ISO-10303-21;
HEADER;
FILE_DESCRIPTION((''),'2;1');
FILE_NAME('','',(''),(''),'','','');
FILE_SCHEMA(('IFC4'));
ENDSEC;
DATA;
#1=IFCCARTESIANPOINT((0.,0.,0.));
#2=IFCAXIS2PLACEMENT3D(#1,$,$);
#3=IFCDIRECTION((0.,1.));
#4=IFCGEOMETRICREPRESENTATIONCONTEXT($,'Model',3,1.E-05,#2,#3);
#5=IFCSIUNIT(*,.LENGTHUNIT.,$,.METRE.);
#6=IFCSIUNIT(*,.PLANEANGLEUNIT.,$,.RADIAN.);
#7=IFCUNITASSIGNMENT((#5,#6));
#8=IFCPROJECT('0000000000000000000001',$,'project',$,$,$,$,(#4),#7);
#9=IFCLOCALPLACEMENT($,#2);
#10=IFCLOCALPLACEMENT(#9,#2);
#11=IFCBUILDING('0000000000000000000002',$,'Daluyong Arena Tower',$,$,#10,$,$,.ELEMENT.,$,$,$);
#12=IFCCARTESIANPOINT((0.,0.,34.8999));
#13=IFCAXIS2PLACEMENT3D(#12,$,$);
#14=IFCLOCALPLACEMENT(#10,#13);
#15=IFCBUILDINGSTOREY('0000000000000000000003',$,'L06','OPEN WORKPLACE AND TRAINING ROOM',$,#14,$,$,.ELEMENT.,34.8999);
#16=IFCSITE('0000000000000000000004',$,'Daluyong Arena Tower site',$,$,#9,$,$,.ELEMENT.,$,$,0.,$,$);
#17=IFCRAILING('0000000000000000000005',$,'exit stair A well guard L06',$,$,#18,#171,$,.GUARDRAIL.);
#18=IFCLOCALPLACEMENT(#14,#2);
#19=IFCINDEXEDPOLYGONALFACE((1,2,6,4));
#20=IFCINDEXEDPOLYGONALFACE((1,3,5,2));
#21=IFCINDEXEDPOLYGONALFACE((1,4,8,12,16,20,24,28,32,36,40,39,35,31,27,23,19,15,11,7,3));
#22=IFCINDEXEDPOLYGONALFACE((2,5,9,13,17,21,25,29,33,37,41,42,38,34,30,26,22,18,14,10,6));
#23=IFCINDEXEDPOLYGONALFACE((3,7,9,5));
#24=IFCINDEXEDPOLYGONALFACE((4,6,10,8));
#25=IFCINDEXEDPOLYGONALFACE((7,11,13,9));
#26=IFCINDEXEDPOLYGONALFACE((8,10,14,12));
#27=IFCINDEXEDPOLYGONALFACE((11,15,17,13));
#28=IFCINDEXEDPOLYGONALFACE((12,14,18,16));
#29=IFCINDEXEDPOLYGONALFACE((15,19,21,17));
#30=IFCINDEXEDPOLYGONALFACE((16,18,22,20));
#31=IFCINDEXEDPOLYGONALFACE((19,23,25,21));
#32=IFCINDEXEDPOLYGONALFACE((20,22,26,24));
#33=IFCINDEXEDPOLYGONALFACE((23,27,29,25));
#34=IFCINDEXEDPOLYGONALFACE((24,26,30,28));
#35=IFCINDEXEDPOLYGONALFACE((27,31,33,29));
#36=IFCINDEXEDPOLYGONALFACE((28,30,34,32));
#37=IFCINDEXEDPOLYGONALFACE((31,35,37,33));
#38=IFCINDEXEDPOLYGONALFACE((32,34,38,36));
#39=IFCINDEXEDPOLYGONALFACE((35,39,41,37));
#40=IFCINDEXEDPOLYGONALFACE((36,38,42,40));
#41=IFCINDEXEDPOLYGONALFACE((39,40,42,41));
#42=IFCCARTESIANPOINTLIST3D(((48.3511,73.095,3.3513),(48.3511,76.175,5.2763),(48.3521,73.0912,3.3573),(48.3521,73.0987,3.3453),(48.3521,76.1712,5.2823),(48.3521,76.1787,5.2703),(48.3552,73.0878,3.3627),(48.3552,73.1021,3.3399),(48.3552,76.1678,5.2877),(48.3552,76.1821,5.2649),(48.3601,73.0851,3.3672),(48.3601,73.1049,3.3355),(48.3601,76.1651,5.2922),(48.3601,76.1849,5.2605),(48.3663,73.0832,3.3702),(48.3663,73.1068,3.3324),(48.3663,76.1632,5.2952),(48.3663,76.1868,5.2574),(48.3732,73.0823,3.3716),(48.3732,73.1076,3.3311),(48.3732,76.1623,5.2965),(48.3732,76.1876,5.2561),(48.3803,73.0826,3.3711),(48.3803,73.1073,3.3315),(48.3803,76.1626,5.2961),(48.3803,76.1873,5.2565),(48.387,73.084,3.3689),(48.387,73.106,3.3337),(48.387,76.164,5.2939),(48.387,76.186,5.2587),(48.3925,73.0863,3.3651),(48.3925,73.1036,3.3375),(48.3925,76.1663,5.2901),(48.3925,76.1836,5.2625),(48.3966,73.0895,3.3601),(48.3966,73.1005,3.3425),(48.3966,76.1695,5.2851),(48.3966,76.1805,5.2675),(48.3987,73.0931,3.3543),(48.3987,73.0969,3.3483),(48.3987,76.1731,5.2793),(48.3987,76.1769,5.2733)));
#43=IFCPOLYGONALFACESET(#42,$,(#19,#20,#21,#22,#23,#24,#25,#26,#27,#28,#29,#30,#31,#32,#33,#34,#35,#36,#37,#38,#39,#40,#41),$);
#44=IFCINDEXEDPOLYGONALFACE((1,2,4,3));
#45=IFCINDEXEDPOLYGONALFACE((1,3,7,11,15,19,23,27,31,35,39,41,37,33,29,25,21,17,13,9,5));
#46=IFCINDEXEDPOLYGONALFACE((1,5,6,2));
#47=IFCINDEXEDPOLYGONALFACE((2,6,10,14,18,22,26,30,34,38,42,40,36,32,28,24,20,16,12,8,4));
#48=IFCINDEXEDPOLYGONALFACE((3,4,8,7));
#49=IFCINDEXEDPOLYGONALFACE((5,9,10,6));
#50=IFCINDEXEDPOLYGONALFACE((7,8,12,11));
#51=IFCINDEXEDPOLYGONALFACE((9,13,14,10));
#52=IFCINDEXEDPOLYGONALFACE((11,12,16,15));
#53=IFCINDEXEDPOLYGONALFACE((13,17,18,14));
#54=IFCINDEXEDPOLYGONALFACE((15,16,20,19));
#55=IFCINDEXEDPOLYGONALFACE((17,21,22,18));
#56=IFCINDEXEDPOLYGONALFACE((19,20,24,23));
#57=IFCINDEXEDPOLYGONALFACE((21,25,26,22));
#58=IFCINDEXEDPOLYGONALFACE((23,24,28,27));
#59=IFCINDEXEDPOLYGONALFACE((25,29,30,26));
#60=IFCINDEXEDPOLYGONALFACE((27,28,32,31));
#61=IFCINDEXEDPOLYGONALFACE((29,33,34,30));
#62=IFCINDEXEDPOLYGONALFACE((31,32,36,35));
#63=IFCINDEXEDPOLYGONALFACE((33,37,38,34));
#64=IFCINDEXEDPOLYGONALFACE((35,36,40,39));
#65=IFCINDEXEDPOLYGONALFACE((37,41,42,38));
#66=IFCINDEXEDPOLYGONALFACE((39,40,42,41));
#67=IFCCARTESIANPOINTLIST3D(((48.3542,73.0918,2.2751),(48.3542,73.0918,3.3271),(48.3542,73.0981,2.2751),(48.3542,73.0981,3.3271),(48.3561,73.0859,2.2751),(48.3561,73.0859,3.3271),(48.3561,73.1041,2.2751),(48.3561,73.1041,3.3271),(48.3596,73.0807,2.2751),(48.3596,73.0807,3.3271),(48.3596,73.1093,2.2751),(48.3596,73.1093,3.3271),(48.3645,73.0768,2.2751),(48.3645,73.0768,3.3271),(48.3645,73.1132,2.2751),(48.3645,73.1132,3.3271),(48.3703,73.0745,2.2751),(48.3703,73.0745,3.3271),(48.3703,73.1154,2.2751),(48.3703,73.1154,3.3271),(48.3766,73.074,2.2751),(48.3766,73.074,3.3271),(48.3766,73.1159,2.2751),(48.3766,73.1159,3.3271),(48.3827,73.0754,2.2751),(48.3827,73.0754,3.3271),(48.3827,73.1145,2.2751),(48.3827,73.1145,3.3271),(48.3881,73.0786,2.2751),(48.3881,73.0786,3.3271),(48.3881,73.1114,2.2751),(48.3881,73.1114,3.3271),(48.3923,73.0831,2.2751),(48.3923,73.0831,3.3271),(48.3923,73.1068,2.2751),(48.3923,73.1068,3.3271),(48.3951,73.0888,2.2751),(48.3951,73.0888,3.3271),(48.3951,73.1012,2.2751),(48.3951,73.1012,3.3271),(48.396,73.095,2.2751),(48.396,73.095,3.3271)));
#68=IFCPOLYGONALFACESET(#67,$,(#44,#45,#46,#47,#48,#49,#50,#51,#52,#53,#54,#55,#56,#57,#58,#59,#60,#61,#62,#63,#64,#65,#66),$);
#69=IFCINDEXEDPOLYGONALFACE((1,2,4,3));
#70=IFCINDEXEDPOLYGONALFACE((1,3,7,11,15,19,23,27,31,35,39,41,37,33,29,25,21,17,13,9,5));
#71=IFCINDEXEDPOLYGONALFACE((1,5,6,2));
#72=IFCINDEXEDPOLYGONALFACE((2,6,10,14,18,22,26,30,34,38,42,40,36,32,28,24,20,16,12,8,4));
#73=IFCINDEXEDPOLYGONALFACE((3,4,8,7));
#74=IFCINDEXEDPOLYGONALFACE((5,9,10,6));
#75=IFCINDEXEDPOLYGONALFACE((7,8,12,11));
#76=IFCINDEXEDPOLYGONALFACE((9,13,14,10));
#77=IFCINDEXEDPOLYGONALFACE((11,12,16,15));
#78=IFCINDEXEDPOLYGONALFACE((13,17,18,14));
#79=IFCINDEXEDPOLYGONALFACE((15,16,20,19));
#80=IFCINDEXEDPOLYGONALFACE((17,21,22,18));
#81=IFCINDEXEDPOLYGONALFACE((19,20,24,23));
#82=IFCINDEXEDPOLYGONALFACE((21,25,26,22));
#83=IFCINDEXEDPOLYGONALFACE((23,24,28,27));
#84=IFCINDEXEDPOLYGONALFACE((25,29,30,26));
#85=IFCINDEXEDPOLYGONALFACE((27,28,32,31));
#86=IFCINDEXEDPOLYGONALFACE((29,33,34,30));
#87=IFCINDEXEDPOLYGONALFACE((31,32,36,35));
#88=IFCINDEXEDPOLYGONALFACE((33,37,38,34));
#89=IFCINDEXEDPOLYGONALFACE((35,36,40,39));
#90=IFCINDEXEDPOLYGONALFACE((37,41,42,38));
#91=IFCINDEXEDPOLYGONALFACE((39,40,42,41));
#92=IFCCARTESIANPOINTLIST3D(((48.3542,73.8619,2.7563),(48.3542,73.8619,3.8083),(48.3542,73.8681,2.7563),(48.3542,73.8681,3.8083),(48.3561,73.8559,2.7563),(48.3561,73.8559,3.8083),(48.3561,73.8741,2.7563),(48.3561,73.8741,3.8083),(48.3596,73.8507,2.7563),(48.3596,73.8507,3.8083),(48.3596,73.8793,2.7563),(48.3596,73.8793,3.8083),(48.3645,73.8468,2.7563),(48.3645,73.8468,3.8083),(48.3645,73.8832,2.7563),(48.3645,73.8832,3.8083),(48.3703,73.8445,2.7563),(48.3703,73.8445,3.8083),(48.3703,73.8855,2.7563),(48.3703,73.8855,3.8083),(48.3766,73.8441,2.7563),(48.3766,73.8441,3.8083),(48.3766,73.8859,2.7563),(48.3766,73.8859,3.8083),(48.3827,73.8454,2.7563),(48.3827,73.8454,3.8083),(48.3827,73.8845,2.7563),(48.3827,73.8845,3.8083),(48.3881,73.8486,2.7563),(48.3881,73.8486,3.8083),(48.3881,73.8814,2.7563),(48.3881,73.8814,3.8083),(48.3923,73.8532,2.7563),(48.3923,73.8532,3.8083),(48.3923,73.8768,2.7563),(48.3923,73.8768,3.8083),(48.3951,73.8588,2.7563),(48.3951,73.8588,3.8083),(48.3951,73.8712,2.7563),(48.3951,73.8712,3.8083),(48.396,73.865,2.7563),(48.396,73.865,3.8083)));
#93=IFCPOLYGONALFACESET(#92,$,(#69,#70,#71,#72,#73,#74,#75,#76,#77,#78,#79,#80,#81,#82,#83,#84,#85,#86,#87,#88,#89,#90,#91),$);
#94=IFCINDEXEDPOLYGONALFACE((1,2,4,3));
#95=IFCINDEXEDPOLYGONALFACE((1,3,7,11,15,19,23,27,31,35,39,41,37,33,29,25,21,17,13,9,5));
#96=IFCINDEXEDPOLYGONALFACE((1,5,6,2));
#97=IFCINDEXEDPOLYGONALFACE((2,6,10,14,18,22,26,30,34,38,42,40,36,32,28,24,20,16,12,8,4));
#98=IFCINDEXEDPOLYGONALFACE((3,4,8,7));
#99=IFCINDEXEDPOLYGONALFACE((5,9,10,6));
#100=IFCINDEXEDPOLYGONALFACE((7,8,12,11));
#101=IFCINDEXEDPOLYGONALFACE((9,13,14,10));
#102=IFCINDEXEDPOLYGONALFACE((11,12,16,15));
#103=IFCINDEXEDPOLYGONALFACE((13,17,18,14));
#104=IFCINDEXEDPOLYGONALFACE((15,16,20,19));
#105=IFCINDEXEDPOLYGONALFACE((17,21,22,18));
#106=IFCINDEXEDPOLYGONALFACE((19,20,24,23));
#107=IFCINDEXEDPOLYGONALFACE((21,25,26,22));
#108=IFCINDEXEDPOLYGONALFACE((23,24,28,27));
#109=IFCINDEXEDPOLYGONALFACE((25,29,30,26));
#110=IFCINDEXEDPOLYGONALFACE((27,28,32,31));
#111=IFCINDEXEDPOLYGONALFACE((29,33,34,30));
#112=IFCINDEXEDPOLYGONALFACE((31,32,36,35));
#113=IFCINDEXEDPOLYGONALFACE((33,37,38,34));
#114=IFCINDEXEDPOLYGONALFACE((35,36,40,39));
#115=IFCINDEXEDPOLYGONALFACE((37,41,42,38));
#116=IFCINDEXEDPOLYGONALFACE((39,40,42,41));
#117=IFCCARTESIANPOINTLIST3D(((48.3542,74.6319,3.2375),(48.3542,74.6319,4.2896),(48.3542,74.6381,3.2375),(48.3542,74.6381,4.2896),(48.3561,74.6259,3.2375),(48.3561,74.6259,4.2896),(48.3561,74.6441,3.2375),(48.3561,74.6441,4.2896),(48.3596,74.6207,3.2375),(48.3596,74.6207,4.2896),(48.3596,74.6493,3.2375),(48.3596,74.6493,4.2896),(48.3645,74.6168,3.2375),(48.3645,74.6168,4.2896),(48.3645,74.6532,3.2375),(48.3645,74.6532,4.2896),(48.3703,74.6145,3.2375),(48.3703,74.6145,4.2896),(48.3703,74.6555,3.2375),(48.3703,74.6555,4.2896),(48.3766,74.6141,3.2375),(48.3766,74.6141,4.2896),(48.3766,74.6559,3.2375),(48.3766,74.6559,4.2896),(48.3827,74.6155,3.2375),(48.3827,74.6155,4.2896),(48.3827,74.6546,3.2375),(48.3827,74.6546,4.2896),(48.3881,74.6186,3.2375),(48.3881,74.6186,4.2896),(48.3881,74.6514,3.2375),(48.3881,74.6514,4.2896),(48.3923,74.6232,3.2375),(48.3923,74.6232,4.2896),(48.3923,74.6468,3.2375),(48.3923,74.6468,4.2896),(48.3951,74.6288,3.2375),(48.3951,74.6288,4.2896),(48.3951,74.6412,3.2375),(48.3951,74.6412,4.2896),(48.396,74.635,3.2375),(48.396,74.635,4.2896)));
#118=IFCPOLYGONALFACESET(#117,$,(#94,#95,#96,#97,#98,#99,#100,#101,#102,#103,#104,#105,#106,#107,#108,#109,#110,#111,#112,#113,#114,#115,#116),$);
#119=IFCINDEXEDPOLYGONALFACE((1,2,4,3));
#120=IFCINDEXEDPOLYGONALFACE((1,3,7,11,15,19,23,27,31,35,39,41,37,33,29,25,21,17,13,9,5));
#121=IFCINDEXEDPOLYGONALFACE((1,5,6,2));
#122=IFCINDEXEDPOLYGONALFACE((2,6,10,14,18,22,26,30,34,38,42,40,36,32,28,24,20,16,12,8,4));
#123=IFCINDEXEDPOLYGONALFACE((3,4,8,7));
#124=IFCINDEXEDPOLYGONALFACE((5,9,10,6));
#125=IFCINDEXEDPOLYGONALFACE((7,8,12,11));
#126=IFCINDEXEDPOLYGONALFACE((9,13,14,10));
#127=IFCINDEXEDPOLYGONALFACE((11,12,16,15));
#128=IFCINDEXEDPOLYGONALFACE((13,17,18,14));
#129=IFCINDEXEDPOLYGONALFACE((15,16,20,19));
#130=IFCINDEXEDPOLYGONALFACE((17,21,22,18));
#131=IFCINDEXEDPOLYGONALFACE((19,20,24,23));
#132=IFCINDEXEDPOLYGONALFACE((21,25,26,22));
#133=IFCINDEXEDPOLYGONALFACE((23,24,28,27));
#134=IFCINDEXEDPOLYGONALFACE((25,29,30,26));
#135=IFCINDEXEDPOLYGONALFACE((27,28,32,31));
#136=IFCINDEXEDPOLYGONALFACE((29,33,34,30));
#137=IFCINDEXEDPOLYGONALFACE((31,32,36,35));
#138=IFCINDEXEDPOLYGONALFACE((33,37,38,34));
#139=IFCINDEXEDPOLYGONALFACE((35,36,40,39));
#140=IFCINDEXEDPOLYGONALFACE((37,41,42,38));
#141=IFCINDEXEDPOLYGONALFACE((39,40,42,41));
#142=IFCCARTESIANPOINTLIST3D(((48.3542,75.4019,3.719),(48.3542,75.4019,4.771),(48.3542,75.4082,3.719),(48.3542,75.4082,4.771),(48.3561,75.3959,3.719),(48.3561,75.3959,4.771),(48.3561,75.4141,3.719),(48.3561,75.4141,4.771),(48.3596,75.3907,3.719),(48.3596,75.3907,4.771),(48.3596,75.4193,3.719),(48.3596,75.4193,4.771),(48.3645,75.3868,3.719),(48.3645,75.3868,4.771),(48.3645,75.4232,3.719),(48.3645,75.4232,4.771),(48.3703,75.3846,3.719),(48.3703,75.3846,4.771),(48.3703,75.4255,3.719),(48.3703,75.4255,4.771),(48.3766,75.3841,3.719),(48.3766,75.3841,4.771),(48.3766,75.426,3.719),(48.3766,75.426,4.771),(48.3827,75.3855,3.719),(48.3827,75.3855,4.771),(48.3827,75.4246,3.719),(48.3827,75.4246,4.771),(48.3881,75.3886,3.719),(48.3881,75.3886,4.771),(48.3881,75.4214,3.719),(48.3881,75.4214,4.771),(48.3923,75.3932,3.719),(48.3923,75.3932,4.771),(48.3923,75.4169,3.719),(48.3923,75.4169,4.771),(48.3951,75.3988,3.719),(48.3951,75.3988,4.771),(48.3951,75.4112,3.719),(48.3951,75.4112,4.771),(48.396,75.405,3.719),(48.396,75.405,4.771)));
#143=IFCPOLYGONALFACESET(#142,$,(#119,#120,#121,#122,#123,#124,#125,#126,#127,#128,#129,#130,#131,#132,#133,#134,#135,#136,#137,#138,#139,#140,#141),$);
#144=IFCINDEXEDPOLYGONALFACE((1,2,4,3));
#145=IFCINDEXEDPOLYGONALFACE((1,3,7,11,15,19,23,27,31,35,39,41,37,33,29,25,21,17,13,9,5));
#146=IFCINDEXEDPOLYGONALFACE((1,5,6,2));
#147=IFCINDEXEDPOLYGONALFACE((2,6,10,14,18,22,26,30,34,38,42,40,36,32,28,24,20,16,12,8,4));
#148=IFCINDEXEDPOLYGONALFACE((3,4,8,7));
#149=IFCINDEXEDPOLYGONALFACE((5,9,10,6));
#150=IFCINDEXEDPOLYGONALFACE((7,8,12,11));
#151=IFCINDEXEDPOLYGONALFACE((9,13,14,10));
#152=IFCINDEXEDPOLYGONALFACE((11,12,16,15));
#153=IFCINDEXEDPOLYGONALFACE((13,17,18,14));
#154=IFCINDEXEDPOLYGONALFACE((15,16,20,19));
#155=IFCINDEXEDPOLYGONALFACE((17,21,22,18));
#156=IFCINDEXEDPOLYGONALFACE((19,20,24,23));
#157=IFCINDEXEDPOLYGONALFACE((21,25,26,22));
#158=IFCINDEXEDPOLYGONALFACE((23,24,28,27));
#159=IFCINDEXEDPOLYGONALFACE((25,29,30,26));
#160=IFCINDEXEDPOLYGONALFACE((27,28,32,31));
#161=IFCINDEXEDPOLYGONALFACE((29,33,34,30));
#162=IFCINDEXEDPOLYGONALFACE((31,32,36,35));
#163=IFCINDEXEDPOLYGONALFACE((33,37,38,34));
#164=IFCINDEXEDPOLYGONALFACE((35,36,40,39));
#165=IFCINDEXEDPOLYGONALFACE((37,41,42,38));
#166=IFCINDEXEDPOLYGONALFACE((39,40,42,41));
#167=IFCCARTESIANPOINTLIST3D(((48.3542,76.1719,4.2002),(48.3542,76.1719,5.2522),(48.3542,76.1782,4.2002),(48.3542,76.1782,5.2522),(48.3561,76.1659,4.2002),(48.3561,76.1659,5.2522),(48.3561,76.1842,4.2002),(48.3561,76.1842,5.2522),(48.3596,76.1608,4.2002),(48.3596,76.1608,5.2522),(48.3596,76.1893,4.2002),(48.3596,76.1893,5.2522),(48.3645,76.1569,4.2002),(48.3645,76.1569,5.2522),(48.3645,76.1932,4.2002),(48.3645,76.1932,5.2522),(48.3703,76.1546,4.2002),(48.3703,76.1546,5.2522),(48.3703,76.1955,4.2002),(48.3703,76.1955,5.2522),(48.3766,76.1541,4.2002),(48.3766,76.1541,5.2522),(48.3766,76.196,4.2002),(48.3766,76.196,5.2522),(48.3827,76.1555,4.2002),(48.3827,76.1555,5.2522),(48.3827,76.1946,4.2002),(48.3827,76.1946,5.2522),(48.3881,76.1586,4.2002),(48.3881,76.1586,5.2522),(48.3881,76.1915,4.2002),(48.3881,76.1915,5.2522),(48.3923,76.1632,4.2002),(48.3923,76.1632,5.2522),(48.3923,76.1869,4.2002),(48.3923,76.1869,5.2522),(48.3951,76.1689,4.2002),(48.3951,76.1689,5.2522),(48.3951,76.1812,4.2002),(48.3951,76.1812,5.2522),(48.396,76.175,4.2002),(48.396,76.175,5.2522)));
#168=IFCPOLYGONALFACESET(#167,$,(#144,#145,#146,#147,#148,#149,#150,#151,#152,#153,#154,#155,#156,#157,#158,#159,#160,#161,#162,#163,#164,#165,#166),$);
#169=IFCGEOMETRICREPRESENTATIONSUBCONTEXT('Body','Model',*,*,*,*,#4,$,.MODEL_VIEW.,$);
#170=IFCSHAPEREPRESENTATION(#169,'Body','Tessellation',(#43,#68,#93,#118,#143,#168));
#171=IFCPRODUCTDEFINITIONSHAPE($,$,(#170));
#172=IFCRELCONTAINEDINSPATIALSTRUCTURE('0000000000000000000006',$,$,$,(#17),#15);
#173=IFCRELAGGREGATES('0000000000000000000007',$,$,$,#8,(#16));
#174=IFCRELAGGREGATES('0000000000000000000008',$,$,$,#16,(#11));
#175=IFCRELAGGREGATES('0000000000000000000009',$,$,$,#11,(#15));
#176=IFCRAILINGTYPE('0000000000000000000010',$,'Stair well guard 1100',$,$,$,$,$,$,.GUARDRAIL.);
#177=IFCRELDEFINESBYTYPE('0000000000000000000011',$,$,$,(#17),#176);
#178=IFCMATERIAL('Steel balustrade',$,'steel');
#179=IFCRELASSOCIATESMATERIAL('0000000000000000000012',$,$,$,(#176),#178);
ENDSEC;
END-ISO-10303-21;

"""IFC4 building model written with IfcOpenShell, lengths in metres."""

from ifc_helpers import new_model, si_unit, direction, frame, origin, origin_2d, place, context, subcontext, project, spatial, circle, extrude, material, type_object, element, save


model = new_model("IFC4")

# Units and contexts
model_context = context("Model", 3, precision=1e-05, world=origin(), true_north=direction((0.0, 1.0)))
body_context = subcontext(model_context, "Body", "Model", "MODEL_VIEW")
ifc_project = project(units=[si_unit("LENGTHUNIT", "METRE"), si_unit("PLANEANGLEUNIT", "RADIAN")], contexts=[model_context])

# Site, building, storey
site_placement = place(None, origin())
site = spatial("IfcSite", under=ifc_project, at=site_placement, Name="Daluyong Arena Tower site", CompositionType="ELEMENT", RefElevation=0.0)
building_placement = place(site_placement, origin())
building = spatial("IfcBuilding", under=site, at=building_placement, Name="Daluyong Arena Tower", CompositionType="ELEMENT")
storey_placement = place(building_placement, frame((0.0, 0.0, 34.8999)))
storey = spatial("IfcBuildingStorey", under=building, at=storey_placement, Name="L06", Description="OPEN WORKPLACE AND TRAINING ROOM", CompositionType="ELEMENT", Elevation=34.8999)

# Railing
ifc_material_1 = material(Name="Steel balustrade", Category="steel")
railing_type_1 = type_object("IfcRailingType", Name="Stair well guard 1100", PredefinedType="GUARDRAIL", material=ifc_material_1)
railing_1_placement = place(storey_placement, frame((48.375, 73.095, 2.2751)))
element("IfcRailing", 1, at=railing_1_placement, inside=storey, type_object=railing_type_1, Name="exit stair A well guard L06", PredefinedType="GUARDRAIL", context=body_context, shape_type="SweptSolid", body=[
    extrude(circle(Radius=0.0239, at=origin_2d()), frame((0.0, 0.0, 1.0762), z_axis=(0.0, 0.847998, 0.529999), x_axis=(-1.0, 0.0, 0.0)), (0.0, 0.0, 1.0), 3.6321),
    extrude(circle(Radius=0.021, at=origin_2d()), origin(), (0.0, 0.0, 1.0), 1.052),
    extrude(circle(Radius=0.021, at=origin_2d()), frame((0.0, 0.77, 0.4812)), (0.0, 0.0, 1.0), 1.052),
    extrude(circle(Radius=0.021, at=origin_2d()), frame((0.0, 1.54, 0.9624)), (0.0, 0.0, 1.0), 1.052),
    extrude(circle(Radius=0.021, at=origin_2d()), frame((0.0, 2.3101, 1.4438)), (0.0, 0.0, 1.0), 1.052),
    extrude(circle(Radius=0.021, at=origin_2d()), frame((0.0, 3.0801, 1.925)), (0.0, 0.0, 1.0), 1.052),
])

save(model, "model.ifc")
